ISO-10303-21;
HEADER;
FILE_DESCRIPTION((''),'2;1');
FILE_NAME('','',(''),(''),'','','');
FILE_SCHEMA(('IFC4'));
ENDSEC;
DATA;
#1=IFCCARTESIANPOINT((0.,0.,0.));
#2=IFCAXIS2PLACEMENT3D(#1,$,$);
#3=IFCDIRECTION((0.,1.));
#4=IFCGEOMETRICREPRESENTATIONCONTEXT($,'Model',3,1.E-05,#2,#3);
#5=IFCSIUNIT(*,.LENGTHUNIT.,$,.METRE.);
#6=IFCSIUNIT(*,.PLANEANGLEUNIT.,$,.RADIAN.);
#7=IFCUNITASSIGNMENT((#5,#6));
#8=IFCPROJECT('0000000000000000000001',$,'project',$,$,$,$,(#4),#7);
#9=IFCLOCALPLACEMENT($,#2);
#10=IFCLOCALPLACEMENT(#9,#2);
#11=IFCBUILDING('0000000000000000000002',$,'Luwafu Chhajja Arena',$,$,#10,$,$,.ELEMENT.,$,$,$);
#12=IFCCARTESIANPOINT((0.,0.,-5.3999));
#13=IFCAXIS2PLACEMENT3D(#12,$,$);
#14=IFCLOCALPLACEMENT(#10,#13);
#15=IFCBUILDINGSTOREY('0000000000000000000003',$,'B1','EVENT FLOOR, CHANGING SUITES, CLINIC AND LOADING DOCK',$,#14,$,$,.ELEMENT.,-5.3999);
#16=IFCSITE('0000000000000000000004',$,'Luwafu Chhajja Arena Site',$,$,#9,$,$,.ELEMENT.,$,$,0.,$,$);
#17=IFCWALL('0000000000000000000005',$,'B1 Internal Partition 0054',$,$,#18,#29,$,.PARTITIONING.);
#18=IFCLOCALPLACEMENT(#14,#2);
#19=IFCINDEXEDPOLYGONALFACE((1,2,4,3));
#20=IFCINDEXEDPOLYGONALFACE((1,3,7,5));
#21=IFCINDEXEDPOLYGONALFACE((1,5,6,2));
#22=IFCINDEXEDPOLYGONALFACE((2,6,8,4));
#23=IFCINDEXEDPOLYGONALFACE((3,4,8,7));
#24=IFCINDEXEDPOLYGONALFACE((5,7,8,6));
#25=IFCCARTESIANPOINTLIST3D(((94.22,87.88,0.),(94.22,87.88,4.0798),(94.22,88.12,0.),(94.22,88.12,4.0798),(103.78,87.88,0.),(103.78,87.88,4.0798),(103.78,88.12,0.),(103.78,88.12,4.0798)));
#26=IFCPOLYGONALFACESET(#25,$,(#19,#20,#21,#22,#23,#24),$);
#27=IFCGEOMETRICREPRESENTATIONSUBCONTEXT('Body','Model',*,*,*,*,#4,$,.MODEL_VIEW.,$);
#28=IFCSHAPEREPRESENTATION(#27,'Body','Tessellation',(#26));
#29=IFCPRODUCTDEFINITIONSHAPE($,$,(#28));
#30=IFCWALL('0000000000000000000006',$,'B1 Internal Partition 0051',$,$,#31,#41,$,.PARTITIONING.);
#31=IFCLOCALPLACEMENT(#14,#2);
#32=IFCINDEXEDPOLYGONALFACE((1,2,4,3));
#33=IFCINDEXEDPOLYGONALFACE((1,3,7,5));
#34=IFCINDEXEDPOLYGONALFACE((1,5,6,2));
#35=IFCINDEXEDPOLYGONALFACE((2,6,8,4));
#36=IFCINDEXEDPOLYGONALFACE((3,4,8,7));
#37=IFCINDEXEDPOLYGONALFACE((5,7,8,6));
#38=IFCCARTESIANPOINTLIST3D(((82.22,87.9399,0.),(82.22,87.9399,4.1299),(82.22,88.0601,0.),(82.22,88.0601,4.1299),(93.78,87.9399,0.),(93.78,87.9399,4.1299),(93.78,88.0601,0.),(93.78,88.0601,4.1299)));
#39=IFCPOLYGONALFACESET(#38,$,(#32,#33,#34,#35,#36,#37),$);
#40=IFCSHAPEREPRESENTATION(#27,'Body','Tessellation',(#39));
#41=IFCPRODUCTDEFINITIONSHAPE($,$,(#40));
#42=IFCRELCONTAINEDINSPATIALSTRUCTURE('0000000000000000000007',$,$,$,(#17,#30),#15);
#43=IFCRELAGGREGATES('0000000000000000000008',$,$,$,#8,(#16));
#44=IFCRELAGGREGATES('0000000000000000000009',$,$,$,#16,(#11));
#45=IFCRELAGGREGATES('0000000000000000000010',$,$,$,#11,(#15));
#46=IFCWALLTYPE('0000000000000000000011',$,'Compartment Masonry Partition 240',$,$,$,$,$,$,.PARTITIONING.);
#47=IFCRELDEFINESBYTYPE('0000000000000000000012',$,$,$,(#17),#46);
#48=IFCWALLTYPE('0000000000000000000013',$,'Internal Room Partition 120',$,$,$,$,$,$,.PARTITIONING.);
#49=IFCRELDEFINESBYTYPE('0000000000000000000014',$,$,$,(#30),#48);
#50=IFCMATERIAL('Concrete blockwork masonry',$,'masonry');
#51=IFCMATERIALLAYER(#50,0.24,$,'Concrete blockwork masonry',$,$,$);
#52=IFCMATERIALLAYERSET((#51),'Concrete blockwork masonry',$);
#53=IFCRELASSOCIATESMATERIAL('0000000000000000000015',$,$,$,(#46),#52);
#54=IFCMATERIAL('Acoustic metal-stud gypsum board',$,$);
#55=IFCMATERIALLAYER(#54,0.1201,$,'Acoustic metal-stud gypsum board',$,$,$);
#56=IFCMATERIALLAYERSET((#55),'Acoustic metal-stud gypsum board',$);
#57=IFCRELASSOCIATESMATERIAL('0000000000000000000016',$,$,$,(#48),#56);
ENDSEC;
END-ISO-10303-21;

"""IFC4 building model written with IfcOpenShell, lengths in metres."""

from ifc_helpers import new_model, si_unit, direction, frame, frame_2d, origin, place, context, subcontext, project, spatial, rectangle, extrude, material, layer, layer_set, type_object, element, save


model = new_model("IFC4")

# Units and contexts
model_context = context("Model", 3, precision=1e-05, world=origin(), true_north=direction((0.0, 1.0)))
body_context = subcontext(model_context, "Body", "Model", "MODEL_VIEW")
ifc_project = project(units=[si_unit("LENGTHUNIT", "METRE"), si_unit("PLANEANGLEUNIT", "RADIAN")], contexts=[model_context])

# Site, building, storey
site_placement = place(None, origin())
site = spatial("IfcSite", under=ifc_project, at=site_placement, Name="Luwafu Chhajja Arena Site", CompositionType="ELEMENT", RefElevation=0.0)
building_placement = place(site_placement, origin())
building = spatial("IfcBuilding", under=site, at=building_placement, Name="Luwafu Chhajja Arena", CompositionType="ELEMENT")
storey_placement = place(building_placement, frame((0.0, 0.0, -5.3999)))
storey = spatial("IfcBuildingStorey", under=building, at=storey_placement, Name="B1", Description="EVENT FLOOR, CHANGING SUITES, CLINIC AND LOADING DOCK", CompositionType="ELEMENT", Elevation=-5.3999)

# Walls
ifc_material_1 = material(Name="Concrete blockwork masonry", Category="masonry")
ifc_layer_1 = layer(ifc_material_1, 0.24, Name="Concrete blockwork masonry")
ifc_layer_set_1 = layer_set([ifc_layer_1], Name="Concrete blockwork masonry")
wall_type_1 = type_object("IfcWallType", Name="Compartment Masonry Partition 240", PredefinedType="PARTITIONING", material=ifc_layer_set_1)
wall_1_placement = place(storey_placement, frame((94.22, 88.0, 0.0), z_axis=(0.0, 0.0, 1.0), x_axis=(1.0, 0.0, 0.0)))
element("IfcWall", 1, at=wall_1_placement, inside=storey, type_object=wall_type_1, Name="B1 Internal Partition 0054", PredefinedType="PARTITIONING", context=body_context, shape_type="SweptSolid", body=[
    extrude(rectangle(XDim=9.5601, YDim=0.24, at=frame_2d((4.78, 0.0))), origin(), (0.0, 0.0, 1.0), 4.0798),
])
ifc_material_2 = material(Name="Acoustic metal-stud gypsum board")
ifc_layer_2 = layer(ifc_material_2, 0.1201, Name="Acoustic metal-stud gypsum board")
ifc_layer_set_2 = layer_set([ifc_layer_2], Name="Acoustic metal-stud gypsum board")
wall_type_2 = type_object("IfcWallType", Name="Internal Room Partition 120", PredefinedType="PARTITIONING", material=ifc_layer_set_2)
wall_2_placement = place(storey_placement, frame((82.22, 88.0, 0.0), z_axis=(0.0, 0.0, 1.0), x_axis=(1.0, 0.0, 0.0)))
element("IfcWall", 2, at=wall_2_placement, inside=storey, type_object=wall_type_2, Name="B1 Internal Partition 0051", PredefinedType="PARTITIONING", context=body_context, shape_type="SweptSolid", body=[
    extrude(rectangle(XDim=11.5601, YDim=0.1201, at=frame_2d((5.78, 0.0))), origin(), (0.0, 0.0, 1.0), 4.1299),
])

save(model, "model.ifc")
